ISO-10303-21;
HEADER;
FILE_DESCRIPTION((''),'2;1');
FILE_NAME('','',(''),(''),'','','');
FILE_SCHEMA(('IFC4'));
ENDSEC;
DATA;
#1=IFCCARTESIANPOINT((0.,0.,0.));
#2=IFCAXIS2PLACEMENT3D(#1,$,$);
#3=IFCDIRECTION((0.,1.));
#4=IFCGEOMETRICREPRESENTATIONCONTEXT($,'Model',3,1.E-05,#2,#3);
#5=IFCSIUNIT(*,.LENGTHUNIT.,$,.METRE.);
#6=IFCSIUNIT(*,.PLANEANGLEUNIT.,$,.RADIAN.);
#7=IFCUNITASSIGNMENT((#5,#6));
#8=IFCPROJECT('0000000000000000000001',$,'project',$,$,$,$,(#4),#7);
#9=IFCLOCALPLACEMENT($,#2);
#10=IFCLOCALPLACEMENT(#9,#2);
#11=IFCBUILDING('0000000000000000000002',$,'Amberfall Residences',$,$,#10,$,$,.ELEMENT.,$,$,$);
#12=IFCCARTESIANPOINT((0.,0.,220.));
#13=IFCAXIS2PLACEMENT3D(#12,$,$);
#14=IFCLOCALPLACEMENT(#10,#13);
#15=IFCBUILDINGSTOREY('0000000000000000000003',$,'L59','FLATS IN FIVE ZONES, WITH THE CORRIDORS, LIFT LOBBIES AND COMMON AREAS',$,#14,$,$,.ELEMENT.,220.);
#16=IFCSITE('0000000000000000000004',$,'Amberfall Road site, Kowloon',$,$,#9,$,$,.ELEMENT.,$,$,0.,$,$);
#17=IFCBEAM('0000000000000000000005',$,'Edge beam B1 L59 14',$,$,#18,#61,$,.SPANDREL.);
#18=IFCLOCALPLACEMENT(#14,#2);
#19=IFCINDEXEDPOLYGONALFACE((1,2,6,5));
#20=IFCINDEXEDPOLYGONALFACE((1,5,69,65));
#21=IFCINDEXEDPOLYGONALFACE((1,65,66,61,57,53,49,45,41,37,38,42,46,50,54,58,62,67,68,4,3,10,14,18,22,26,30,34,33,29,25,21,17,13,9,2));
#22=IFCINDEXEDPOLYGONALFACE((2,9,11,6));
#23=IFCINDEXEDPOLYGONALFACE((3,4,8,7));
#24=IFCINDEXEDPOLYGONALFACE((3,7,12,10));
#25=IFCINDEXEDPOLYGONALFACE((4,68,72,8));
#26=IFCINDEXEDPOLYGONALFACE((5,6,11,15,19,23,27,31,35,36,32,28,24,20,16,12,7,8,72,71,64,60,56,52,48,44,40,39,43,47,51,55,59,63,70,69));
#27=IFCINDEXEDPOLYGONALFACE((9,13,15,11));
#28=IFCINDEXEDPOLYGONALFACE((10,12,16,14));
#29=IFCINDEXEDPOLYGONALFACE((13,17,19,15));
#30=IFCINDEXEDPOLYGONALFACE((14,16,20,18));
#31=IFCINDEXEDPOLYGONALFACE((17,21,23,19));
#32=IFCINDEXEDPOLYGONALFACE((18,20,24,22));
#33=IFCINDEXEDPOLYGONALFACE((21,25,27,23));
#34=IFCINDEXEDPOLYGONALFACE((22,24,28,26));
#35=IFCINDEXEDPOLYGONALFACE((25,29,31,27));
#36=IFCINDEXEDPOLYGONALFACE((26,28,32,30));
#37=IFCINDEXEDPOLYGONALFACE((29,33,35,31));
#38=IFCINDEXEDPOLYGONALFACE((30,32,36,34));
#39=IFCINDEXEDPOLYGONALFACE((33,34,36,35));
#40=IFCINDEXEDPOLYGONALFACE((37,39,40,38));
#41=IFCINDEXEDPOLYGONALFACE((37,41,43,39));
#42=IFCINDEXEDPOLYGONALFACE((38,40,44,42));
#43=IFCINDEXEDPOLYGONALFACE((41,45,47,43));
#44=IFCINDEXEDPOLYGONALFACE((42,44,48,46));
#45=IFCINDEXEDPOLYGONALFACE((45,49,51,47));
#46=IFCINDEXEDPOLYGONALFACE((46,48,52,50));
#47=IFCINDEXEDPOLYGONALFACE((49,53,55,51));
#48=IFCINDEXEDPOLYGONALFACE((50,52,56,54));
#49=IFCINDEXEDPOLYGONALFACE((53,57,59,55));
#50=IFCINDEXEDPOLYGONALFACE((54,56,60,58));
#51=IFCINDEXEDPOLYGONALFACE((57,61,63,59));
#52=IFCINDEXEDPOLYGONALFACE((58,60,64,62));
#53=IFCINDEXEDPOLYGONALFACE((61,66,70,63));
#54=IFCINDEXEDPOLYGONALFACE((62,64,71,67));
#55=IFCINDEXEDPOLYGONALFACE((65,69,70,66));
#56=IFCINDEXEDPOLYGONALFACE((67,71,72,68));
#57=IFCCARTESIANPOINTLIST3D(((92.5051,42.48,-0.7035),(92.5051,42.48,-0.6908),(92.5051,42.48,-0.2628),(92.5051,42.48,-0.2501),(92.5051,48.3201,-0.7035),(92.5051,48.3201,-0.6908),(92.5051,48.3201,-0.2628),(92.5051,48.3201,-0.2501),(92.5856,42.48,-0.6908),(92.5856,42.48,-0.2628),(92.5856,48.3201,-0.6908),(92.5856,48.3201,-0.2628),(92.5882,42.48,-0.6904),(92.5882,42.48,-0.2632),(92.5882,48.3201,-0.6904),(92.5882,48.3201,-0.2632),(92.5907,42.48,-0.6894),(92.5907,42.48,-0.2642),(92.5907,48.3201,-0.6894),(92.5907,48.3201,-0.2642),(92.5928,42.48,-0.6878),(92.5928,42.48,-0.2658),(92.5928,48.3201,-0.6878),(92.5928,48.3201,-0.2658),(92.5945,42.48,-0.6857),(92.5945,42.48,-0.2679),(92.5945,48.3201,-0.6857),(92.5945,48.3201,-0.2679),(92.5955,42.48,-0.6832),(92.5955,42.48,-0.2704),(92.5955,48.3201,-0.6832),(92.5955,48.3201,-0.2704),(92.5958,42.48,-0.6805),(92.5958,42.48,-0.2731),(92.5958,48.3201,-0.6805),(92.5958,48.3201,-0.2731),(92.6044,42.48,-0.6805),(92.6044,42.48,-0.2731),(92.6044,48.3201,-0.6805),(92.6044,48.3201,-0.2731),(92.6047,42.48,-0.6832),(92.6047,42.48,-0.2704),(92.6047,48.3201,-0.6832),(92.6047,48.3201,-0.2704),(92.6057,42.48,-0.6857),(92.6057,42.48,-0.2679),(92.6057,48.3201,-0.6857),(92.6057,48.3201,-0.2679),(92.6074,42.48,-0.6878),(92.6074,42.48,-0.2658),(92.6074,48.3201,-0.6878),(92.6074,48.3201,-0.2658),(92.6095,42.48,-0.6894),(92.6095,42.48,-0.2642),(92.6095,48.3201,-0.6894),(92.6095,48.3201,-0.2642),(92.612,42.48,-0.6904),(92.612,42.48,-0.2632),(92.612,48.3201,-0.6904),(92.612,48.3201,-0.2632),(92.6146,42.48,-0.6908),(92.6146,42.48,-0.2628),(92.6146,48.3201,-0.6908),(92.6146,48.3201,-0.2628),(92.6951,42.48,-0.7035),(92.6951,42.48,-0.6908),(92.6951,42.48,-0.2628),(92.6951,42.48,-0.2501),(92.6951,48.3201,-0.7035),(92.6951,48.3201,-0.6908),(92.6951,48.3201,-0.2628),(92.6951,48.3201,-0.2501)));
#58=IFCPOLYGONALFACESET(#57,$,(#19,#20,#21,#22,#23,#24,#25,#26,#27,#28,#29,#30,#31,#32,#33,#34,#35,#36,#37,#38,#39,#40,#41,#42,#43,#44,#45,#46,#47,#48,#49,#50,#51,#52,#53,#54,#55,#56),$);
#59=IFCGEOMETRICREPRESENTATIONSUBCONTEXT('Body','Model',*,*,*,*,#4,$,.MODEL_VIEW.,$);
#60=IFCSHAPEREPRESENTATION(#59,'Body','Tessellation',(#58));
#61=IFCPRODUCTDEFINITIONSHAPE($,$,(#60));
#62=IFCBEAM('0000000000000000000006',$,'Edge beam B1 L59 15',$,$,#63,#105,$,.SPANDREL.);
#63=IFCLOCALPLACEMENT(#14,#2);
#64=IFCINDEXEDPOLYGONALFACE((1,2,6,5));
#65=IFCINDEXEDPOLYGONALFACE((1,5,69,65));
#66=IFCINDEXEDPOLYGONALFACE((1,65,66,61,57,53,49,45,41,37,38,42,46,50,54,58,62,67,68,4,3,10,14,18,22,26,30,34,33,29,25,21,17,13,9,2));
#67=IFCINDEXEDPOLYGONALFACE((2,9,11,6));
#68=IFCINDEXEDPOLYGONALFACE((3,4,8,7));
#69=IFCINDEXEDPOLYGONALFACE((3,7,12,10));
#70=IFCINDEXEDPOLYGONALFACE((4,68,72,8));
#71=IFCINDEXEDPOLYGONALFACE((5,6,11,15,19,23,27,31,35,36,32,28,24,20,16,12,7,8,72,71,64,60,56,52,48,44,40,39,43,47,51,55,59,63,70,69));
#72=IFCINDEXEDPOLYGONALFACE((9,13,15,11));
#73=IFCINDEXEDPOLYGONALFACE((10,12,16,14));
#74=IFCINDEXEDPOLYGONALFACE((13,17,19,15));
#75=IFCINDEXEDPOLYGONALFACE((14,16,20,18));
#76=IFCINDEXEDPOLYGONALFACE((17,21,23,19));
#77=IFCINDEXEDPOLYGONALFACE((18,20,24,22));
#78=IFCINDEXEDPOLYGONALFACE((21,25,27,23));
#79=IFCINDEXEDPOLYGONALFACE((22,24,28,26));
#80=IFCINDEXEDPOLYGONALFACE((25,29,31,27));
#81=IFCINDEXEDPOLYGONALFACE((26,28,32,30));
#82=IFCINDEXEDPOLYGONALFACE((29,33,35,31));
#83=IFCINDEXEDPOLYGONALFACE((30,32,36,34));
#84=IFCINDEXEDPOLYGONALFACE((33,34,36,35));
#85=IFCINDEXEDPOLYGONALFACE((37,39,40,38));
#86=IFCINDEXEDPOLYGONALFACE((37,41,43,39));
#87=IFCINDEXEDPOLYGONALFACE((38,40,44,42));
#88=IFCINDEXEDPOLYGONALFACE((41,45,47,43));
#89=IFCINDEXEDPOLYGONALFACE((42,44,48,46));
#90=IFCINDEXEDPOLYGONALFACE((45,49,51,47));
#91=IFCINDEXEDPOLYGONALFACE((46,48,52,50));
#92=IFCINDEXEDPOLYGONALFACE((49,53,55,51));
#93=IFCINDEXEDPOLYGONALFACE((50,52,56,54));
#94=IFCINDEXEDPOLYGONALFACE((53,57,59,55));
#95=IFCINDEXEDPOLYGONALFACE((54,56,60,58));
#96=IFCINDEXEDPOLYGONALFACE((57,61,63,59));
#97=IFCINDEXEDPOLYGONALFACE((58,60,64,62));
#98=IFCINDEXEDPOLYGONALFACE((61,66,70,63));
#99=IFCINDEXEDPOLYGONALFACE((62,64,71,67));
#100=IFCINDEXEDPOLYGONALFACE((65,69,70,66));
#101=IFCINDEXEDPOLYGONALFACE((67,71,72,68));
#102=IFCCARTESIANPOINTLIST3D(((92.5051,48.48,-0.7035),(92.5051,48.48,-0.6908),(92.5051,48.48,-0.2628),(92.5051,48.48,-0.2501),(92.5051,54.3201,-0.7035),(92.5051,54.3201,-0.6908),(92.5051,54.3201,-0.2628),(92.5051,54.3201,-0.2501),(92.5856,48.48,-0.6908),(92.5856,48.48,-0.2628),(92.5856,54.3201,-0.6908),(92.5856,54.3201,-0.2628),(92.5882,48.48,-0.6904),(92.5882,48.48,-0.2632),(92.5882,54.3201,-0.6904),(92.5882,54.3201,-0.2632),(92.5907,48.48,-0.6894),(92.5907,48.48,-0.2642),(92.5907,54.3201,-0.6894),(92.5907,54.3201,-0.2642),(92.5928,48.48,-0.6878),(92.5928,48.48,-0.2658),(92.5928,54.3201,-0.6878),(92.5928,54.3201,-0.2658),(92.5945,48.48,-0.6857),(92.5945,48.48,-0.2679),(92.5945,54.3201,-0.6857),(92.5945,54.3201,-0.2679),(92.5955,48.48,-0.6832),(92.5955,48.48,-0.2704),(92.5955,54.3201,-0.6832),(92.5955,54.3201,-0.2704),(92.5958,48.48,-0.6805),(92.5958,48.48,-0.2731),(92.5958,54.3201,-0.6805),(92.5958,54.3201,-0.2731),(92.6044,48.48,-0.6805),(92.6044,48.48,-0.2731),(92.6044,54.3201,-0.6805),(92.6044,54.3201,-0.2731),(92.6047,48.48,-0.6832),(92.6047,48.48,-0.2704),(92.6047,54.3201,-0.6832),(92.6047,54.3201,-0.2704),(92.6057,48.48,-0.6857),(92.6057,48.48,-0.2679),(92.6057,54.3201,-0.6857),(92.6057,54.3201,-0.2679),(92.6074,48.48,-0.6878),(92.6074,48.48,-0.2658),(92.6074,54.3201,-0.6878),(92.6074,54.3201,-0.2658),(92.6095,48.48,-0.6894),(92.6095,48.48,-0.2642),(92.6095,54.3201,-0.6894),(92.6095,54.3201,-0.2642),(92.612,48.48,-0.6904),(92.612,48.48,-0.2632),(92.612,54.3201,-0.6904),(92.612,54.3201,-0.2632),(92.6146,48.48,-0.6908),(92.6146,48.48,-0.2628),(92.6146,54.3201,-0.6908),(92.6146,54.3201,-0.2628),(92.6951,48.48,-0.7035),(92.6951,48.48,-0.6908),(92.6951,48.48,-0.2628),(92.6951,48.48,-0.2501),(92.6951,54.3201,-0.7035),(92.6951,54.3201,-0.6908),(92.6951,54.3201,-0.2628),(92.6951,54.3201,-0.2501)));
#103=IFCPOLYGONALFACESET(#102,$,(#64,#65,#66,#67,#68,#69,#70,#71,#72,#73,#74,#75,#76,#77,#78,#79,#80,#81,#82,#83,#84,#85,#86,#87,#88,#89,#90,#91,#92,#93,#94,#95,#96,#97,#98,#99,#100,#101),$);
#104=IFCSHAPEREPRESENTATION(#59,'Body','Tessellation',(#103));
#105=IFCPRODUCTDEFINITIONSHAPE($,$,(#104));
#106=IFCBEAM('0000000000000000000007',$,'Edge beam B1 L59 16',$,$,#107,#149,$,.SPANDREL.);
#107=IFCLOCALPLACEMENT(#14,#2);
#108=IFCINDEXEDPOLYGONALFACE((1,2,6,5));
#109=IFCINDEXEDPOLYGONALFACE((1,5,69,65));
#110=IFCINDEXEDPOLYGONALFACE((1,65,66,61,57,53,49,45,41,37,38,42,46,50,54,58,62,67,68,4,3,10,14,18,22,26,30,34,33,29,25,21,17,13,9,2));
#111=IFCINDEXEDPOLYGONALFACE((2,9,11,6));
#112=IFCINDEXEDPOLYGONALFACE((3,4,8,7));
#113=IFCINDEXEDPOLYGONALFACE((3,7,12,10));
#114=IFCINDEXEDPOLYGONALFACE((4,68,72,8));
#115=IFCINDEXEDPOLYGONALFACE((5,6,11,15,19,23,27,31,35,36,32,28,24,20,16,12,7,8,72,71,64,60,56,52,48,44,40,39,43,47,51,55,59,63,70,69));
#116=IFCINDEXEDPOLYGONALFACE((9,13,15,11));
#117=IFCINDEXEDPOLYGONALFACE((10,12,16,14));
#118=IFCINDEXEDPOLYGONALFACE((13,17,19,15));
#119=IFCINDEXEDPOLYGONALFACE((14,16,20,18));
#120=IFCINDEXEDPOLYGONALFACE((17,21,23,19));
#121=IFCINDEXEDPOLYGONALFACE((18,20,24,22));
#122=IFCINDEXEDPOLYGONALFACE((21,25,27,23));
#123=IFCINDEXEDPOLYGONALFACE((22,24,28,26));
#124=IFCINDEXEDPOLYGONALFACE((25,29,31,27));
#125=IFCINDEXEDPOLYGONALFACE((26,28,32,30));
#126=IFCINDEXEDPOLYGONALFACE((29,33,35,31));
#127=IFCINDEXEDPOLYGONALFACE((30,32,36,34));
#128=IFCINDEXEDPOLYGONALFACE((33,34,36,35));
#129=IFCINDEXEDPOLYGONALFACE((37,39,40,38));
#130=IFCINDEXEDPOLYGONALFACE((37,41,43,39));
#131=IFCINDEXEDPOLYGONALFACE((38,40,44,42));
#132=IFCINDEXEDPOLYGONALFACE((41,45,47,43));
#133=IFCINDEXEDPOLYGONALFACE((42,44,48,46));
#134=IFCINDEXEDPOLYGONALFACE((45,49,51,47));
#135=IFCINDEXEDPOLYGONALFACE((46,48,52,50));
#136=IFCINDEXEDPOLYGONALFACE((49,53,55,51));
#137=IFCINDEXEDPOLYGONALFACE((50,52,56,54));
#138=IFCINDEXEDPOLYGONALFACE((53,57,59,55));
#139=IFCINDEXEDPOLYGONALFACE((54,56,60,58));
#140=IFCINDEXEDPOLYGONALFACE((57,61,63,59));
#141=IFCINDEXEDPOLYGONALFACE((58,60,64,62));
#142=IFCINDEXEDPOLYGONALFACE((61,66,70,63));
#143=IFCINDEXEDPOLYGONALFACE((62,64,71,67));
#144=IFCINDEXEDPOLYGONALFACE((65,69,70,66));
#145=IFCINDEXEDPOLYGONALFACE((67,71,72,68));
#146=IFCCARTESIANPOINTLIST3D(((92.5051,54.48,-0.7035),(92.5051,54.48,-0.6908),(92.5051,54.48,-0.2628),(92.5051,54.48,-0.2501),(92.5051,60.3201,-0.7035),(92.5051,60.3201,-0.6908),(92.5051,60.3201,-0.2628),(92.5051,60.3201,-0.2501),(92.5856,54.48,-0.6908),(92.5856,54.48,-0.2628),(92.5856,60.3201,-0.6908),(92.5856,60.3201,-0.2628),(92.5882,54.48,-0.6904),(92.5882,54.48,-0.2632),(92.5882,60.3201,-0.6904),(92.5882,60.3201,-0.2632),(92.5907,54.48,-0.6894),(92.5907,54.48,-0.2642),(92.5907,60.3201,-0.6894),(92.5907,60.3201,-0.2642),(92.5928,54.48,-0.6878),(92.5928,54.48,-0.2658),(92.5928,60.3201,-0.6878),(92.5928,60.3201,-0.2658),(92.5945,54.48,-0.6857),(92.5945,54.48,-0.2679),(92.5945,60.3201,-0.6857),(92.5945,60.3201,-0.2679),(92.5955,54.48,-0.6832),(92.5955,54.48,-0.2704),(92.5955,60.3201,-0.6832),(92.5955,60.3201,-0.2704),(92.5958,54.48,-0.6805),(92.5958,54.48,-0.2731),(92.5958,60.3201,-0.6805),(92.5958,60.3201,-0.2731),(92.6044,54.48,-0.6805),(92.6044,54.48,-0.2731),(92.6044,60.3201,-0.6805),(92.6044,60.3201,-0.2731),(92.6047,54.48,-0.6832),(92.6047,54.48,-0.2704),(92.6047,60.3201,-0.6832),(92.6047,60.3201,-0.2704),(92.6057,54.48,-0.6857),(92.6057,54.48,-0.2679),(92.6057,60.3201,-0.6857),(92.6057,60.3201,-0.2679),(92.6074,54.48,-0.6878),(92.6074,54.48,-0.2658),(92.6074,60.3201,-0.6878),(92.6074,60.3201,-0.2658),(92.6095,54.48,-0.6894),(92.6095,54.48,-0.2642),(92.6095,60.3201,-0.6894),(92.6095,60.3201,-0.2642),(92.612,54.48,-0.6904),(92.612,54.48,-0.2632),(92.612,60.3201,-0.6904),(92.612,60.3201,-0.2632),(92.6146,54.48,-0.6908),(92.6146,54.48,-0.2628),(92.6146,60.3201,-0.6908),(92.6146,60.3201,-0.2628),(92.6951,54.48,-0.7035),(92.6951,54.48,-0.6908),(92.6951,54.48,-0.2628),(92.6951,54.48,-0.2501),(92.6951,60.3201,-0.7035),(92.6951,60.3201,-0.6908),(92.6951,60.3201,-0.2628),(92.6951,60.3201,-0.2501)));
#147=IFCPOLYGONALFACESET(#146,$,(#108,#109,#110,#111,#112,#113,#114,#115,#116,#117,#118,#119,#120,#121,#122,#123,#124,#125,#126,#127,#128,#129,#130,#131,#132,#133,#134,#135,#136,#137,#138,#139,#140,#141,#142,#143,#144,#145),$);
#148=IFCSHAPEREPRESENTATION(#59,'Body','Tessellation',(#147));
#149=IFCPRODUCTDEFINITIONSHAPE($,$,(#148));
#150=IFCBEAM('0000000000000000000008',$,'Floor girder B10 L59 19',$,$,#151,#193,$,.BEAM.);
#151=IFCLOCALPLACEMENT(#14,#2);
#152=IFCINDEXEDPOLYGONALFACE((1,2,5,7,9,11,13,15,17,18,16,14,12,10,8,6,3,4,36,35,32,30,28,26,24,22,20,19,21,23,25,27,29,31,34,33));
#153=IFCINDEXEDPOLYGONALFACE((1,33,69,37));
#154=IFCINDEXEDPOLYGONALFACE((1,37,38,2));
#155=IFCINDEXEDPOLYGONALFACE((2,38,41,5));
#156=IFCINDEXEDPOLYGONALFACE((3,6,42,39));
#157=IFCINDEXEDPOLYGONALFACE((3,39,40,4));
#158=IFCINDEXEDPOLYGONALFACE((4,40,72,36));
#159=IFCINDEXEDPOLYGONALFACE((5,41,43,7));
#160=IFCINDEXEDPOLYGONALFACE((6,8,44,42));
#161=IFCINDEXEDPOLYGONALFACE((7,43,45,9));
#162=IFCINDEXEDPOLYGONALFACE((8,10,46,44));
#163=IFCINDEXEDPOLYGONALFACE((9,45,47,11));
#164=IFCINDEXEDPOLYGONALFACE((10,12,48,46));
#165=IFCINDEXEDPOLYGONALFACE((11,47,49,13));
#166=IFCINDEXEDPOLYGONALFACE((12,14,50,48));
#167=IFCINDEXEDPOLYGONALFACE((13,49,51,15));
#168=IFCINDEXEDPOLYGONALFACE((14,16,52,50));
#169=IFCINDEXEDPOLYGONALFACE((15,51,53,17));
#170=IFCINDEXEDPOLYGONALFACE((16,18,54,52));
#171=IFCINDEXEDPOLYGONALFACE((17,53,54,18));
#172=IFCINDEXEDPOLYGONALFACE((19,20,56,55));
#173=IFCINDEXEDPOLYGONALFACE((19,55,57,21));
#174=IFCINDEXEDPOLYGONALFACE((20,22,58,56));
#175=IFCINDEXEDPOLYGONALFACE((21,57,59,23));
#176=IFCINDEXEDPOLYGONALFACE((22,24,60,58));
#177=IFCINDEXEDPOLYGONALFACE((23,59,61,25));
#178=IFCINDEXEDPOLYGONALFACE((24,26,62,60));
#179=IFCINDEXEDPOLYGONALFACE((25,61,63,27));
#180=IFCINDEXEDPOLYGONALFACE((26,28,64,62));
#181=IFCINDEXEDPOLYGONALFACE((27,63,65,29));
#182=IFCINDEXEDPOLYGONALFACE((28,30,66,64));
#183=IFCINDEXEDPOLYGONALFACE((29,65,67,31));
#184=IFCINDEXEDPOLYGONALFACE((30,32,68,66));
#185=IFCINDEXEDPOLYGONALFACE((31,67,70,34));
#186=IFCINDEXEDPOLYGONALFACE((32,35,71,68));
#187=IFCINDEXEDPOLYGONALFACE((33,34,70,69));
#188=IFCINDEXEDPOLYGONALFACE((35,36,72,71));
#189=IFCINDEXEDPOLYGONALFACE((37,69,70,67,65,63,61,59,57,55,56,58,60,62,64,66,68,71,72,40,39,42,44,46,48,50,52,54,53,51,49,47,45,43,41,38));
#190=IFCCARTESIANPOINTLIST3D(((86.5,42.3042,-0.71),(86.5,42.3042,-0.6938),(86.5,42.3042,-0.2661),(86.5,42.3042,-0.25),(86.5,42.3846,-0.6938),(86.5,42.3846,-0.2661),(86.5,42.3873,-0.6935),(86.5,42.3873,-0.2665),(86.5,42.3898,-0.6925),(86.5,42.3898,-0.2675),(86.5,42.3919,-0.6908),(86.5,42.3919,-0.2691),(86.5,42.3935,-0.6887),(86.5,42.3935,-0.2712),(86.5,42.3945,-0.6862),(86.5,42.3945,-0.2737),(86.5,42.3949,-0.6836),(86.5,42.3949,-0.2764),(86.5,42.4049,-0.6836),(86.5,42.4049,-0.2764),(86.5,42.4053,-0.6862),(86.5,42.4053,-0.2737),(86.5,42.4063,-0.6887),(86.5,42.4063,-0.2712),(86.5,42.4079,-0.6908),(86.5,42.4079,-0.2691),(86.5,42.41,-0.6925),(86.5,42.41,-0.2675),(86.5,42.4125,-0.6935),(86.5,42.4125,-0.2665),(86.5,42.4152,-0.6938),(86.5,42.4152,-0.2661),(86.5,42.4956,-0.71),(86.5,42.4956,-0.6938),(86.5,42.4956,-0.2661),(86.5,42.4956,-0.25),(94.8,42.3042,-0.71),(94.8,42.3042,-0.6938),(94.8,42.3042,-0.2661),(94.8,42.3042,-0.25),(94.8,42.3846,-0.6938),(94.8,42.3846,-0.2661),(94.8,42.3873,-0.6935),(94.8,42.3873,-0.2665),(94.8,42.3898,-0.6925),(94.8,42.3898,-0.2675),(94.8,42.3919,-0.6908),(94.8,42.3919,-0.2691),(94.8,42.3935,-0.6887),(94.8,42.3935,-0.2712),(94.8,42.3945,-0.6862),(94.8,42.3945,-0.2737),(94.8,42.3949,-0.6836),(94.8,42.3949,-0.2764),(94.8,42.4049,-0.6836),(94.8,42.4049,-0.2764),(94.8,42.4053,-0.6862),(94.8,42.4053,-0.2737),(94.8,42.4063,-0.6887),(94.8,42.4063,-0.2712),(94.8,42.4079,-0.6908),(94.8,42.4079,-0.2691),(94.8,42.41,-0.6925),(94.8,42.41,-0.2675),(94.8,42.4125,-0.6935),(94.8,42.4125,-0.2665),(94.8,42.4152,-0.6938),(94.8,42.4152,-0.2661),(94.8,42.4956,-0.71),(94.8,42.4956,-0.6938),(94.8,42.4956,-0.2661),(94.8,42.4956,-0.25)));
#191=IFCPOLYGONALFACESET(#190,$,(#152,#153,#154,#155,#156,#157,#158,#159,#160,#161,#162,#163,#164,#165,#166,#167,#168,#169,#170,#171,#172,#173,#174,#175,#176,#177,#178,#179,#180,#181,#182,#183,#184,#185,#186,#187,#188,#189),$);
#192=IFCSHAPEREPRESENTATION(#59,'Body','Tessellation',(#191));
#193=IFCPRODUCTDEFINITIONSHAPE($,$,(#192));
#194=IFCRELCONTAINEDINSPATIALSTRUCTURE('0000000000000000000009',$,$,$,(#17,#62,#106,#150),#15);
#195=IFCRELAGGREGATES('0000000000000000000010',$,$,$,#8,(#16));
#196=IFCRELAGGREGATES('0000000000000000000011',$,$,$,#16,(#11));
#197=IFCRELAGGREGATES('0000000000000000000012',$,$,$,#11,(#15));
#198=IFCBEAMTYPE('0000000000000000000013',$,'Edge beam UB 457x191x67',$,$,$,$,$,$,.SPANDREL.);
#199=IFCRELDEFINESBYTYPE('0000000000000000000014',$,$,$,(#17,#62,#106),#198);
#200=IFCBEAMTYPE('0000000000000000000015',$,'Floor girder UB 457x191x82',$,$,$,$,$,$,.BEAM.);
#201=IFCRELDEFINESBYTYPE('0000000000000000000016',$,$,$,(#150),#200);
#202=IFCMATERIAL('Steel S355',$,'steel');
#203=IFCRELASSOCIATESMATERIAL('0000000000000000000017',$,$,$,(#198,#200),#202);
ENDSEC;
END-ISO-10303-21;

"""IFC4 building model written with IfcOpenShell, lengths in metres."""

from ifc_helpers import new_model, si_unit, direction, frame, origin, origin_2d, place, context, subcontext, project, spatial, i_section, extrude, material, material_profile, profile_set, type_object, element, save


model = new_model("IFC4")

# Units and contexts
model_context = context("Model", 3, precision=1e-05, world=origin(), true_north=direction((0.0, 1.0)))
body_context = subcontext(model_context, "Body", "Model", "MODEL_VIEW")
ifc_project = project(units=[si_unit("LENGTHUNIT", "METRE"), si_unit("PLANEANGLEUNIT", "RADIAN")], contexts=[model_context])

# Site, building, storey
site_placement = place(None, origin())
site = spatial("IfcSite", under=ifc_project, at=site_placement, Name="Amberfall Road site, Kowloon", CompositionType="ELEMENT", RefElevation=0.0)
building_placement = place(site_placement, origin())
building = spatial("IfcBuilding", under=site, at=building_placement, Name="Amberfall Residences", CompositionType="ELEMENT")
storey_placement = place(building_placement, frame((0.0, 0.0, 220.0)))
storey = spatial("IfcBuildingStorey", under=building, at=storey_placement, Name="L59", Description="FLATS IN FIVE ZONES, WITH THE CORRIDORS, LIFT LOBBIES AND COMMON AREAS", CompositionType="ELEMENT", Elevation=220.0)

# Beams
ifc_material_1 = material(Name="Steel S355", Category="steel")
ifc_material_profile_1 = material_profile(ifc_material_1, i_section(OverallWidth=0.1899, OverallDepth=0.4534, WebThickness=0.0085, FlangeThickness=0.0127, FilletRadius=0.0103, at=origin_2d()), Name="UB 457x191x67")
ifc_profile_set_1 = profile_set([ifc_material_profile_1], Name="Steel S355")
beam_type_1 = type_object("IfcBeamType", Name="Edge beam UB 457x191x67", PredefinedType="SPANDREL", material=ifc_profile_set_1)
for number, where, z_axis, x_axis, name in (
    (1, (92.6001, 42.48, -0.4768), (0.0, 1.0, 0.0), (-1.0, 0.0, 0.0), "Edge beam B1 L59 14"),
    (2, (92.6001, 48.48, -0.4768), (0.0, 1.0, 0.0), (-1.0, 0.0, 0.0), "Edge beam B1 L59 15"),
    (3, (92.6001, 54.48, -0.4768), (0.0, 1.0, 0.0), (-1.0, 0.0, 0.0), "Edge beam B1 L59 16"),
):
    element("IfcBeam", number, at=place(storey_placement, frame(where, z_axis=z_axis, x_axis=x_axis)), inside=storey, type_object=beam_type_1, Name=name, PredefinedType="SPANDREL", context=body_context, shape_type="SweptSolid", body=[
        extrude(i_section(OverallWidth=0.1899, OverallDepth=0.4534, WebThickness=0.0085, FlangeThickness=0.0127, FilletRadius=0.0103, at=origin_2d()), origin(), (0.0, 0.0, 1.0), 5.8401),
    ])
ifc_material_profile_2 = material_profile(ifc_material_1, i_section(OverallWidth=0.1914, OverallDepth=0.46, WebThickness=0.01, FlangeThickness=0.0161, FilletRadius=0.0103, at=origin_2d()), Name="UB 457x191x82")
ifc_profile_set_2 = profile_set([ifc_material_profile_2], Name="Steel S355")
beam_type_2 = type_object("IfcBeamType", Name="Floor girder UB 457x191x82", PredefinedType="BEAM", material=ifc_profile_set_2)
beam_placement = place(storey_placement, frame((94.8, 42.3999, -0.48), z_axis=(-1.0, 0.0, 0.0), x_axis=(0.0, -1.0, 0.0)))
element("IfcBeam", 4, at=beam_placement, inside=storey, type_object=beam_type_2, Name="Floor girder B10 L59 19", PredefinedType="BEAM", context=body_context, shape_type="SweptSolid", body=[
    extrude(i_section(OverallWidth=0.1914, OverallDepth=0.46, WebThickness=0.01, FlangeThickness=0.0161, FilletRadius=0.0103, at=origin_2d()), origin(), (0.0, 0.0, 1.0), 8.3),
])

save(model, "model.ifc")
